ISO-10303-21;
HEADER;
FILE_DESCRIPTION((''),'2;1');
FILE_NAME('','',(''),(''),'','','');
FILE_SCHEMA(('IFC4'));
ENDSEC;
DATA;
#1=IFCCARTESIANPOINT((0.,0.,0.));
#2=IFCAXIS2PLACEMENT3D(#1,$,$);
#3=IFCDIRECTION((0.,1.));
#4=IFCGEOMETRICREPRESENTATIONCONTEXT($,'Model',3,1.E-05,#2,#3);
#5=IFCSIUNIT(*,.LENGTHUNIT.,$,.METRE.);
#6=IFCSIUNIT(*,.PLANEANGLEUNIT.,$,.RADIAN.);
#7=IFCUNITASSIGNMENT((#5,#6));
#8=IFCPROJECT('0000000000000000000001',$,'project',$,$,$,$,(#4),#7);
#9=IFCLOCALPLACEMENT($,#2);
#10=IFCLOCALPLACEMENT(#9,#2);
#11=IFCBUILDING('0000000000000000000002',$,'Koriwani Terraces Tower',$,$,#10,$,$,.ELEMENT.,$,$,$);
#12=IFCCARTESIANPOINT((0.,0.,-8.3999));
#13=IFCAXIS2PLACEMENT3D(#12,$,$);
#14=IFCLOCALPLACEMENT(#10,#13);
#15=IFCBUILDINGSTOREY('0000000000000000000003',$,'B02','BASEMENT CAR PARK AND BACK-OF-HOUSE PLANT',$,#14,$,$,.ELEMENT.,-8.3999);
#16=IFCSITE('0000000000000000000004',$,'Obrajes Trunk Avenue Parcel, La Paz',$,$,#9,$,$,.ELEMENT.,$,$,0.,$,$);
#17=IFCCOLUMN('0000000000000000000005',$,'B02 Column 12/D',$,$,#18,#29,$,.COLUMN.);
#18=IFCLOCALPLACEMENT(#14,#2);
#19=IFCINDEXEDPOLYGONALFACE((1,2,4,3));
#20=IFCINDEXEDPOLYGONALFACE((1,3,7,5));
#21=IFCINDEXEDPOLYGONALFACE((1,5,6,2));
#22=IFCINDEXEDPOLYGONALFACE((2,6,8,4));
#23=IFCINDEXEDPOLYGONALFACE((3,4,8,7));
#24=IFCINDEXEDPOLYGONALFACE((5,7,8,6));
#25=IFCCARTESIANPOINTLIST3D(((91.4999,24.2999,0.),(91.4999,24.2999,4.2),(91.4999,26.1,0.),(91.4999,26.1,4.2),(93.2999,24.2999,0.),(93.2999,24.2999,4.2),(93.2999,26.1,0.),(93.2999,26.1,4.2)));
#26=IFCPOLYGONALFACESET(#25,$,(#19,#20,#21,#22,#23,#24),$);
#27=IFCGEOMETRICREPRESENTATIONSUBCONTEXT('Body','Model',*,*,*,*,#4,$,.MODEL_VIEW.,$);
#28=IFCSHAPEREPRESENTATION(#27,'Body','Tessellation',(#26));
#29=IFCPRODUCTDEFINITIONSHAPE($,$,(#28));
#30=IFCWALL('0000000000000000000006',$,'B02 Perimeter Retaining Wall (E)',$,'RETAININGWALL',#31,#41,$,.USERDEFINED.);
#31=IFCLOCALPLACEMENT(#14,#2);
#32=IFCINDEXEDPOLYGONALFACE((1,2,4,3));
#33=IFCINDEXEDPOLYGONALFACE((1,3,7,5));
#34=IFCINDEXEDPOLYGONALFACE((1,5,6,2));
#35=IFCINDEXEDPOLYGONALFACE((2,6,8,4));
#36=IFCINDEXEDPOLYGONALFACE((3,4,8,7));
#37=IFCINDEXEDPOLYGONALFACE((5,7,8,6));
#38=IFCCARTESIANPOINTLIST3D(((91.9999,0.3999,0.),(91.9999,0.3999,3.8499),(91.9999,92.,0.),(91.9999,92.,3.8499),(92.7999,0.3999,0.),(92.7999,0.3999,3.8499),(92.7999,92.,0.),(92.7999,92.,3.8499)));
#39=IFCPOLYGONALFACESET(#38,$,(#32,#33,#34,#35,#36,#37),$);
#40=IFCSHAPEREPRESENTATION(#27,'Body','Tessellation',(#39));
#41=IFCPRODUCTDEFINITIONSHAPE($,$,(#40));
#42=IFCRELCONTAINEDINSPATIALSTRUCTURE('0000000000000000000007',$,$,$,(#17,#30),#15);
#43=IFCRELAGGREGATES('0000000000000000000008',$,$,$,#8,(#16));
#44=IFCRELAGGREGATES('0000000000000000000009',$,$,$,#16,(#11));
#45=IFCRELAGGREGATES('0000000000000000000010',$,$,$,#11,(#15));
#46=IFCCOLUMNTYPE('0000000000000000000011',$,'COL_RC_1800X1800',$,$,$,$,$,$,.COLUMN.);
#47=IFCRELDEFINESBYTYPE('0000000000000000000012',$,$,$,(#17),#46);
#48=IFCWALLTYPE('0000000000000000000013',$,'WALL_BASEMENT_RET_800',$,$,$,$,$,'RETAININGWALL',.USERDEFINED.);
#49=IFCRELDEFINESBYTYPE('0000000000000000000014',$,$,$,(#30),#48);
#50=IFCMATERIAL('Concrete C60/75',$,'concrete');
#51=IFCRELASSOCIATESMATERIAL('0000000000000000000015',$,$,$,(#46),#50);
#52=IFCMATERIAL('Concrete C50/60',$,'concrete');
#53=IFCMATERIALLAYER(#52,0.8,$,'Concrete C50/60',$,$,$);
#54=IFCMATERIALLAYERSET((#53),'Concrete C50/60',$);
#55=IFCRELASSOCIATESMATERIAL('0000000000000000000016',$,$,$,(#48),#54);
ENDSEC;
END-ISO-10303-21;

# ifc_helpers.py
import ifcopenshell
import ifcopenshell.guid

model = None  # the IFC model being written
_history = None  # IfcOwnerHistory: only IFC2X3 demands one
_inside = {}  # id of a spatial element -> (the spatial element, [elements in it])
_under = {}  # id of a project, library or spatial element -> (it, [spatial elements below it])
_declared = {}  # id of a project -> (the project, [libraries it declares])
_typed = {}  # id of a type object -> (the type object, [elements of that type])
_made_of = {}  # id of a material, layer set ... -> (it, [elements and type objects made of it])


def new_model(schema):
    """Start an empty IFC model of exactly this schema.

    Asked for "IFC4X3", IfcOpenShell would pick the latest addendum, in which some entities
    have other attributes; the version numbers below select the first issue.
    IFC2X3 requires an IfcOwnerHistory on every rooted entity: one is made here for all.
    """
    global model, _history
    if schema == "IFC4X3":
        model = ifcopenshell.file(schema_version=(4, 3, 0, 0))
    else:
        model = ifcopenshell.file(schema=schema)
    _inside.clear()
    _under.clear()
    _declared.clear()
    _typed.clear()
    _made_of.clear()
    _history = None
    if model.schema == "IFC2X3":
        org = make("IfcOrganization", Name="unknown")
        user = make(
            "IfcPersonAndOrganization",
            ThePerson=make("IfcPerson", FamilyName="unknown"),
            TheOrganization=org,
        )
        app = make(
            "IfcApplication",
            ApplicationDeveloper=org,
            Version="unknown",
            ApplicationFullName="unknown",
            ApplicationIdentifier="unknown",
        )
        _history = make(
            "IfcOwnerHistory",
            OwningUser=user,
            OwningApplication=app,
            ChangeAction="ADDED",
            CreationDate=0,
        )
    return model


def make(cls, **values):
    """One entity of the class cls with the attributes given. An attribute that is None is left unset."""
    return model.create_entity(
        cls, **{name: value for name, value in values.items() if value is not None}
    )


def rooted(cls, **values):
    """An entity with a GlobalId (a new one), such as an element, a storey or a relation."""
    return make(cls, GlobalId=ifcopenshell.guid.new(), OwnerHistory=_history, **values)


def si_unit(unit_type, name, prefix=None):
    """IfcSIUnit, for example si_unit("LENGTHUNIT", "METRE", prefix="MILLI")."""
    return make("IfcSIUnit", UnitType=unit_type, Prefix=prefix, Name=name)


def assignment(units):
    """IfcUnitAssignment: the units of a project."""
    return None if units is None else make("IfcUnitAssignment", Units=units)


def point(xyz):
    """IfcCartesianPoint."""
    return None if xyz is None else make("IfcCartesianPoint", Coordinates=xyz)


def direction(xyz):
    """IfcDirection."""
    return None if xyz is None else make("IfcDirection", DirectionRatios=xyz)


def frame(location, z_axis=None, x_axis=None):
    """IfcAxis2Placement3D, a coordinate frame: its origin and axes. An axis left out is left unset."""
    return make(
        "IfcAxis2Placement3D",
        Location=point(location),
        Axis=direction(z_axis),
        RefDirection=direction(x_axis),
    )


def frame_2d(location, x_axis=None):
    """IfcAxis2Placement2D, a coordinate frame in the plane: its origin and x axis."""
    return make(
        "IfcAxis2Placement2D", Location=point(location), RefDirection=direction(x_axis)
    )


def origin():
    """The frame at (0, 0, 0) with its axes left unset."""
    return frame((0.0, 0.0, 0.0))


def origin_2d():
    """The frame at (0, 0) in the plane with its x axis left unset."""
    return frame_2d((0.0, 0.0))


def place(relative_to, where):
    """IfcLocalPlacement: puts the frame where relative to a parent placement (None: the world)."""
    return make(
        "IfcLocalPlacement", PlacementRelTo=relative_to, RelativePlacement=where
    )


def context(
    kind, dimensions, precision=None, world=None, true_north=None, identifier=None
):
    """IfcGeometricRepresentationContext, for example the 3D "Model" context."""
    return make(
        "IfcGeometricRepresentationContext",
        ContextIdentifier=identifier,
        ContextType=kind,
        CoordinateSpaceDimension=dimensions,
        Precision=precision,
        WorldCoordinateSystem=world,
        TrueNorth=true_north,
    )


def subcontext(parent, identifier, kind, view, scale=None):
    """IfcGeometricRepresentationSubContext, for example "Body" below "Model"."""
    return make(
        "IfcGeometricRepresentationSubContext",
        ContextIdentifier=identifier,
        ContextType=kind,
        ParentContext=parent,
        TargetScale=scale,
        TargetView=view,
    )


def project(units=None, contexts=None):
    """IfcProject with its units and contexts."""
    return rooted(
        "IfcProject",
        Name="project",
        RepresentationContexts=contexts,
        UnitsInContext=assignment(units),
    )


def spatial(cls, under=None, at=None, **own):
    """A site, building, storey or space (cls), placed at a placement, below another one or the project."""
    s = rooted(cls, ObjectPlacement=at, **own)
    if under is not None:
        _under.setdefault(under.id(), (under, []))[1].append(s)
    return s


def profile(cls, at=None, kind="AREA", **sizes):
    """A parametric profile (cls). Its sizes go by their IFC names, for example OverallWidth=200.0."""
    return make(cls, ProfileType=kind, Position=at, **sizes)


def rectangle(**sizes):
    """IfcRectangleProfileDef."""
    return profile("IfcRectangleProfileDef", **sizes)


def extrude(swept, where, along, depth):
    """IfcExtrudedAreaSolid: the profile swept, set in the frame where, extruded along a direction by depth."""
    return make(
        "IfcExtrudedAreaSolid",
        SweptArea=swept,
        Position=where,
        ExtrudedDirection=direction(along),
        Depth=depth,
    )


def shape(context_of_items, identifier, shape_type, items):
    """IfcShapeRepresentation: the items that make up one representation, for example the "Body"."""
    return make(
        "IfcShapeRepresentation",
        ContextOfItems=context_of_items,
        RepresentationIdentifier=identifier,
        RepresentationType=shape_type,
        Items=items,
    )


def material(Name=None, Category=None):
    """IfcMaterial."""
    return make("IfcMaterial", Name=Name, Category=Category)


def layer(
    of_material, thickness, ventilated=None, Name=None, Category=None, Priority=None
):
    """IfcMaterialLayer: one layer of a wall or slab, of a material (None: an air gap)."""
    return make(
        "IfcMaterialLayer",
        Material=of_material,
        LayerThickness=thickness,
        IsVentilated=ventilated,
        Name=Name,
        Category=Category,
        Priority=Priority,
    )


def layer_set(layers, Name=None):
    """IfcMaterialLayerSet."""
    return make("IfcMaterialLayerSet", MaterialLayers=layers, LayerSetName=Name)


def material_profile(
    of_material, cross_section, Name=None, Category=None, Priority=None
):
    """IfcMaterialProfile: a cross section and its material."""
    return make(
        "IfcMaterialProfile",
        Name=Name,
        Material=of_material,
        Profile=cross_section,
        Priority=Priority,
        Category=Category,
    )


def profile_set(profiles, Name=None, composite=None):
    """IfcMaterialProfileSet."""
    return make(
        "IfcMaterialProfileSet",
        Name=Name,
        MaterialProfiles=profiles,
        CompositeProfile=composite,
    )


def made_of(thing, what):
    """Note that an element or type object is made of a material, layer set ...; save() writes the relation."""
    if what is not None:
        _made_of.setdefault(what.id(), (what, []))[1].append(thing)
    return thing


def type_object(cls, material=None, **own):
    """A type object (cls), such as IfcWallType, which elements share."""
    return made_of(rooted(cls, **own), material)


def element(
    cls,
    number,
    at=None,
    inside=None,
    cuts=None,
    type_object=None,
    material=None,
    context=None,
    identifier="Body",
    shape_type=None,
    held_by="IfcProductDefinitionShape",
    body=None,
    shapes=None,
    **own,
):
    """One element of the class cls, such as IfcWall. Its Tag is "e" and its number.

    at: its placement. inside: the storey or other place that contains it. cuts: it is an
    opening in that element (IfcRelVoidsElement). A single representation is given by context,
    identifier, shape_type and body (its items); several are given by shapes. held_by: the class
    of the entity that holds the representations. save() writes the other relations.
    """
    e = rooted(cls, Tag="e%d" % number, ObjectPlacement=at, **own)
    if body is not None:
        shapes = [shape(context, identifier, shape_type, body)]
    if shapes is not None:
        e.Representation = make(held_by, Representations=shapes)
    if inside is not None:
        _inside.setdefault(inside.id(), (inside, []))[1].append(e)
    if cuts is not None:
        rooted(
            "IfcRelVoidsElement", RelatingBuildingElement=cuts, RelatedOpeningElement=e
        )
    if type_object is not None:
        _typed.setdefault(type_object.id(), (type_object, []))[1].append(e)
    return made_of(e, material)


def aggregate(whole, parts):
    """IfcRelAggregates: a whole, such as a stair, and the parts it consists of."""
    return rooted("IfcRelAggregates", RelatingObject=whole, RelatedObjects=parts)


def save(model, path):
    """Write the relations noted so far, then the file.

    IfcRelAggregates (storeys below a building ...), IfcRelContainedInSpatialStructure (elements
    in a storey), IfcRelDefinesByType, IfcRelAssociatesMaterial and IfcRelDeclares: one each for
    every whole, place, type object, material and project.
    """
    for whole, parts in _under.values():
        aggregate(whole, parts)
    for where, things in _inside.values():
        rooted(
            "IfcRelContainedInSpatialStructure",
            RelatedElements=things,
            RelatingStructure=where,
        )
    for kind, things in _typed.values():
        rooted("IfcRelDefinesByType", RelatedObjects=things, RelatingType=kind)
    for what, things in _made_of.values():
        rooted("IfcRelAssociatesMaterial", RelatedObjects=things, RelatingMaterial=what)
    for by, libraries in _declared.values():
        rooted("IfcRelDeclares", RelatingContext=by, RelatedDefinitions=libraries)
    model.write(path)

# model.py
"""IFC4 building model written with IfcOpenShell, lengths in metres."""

from ifc_helpers import new_model, si_unit, direction, frame, frame_2d, origin, origin_2d, place, context, subcontext, project, spatial, rectangle, extrude, material, layer, layer_set, material_profile, profile_set, type_object, element, save


model = new_model("IFC4")

# Units and contexts
model_context = context("Model", 3, precision=1e-05, world=origin(), true_north=direction((0.0, 1.0)))
body_context = subcontext(model_context, "Body", "Model", "MODEL_VIEW")
ifc_project = project(units=[si_unit("LENGTHUNIT", "METRE"), si_unit("PLANEANGLEUNIT", "RADIAN")], contexts=[model_context])

# Site, building, storey
site_placement = place(None, origin())
site = spatial("IfcSite", under=ifc_project, at=site_placement, Name="Obrajes Trunk Avenue Parcel, La Paz", CompositionType="ELEMENT", RefElevation=0.0)
building_placement = place(site_placement, origin())
building = spatial("IfcBuilding", under=site, at=building_placement, Name="Koriwani Terraces Tower", CompositionType="ELEMENT")
storey_placement = place(building_placement, frame((0.0, 0.0, -8.3999)))
storey = spatial("IfcBuildingStorey", under=building, at=storey_placement, Name="B02", Description="BASEMENT CAR PARK AND BACK-OF-HOUSE PLANT", CompositionType="ELEMENT", Elevation=-8.3999)

# Column
ifc_material_1 = material(Name="Concrete C50/60", Category="concrete")
ifc_material_2 = material(Name="Concrete C60/75", Category="concrete")
ifc_material_profile_1 = material_profile(ifc_material_2, rectangle(XDim=1.8, YDim=1.8, at=origin_2d()), Name="Concrete C60/75", Category="LoadBearing")
ifc_profile_set_1 = profile_set([ifc_material_profile_1], Name="Concrete C60/75")
column_type_1 = type_object("IfcColumnType", Name="COL_RC_1800X1800", PredefinedType="COLUMN", material=ifc_profile_set_1)
for number, where, z_axis, x_axis, name in (
    (1, (92.3999, 25.2, 0.0), (0.0, 0.0, 1.0), (1.0, 0.0, 0.0), "B02 Column 12/D"),
):
    element("IfcColumn", number, at=place(storey_placement, frame(where, z_axis=z_axis, x_axis=x_axis)), inside=storey, type_object=column_type_1, Name=name, PredefinedType="COLUMN", context=body_context, shape_type="SweptSolid", body=[
        extrude(rectangle(XDim=1.8, YDim=1.8, at=origin_2d()), origin(), (0.0, 0.0, 1.0), 4.2),
    ])

# Wall
ifc_layer = layer(ifc_material_1, 0.8, Name="Concrete C50/60")
ifc_layer_set = layer_set([ifc_layer], Name="Concrete C50/60")
wall_type = type_object("IfcWallType", Name="WALL_BASEMENT_RET_800", ElementType="RETAININGWALL", PredefinedType="USERDEFINED", material=ifc_layer_set)
wall_placement = place(storey_placement, frame((92.3999, 0.3999, 0.0), z_axis=(0.0, 0.0, 1.0), x_axis=(0.0, 1.0, 0.0)))
element("IfcWall", 2, at=wall_placement, inside=storey, type_object=wall_type, Name="B02 Perimeter Retaining Wall (E)", ObjectType="RETAININGWALL", PredefinedType="USERDEFINED", context=body_context, shape_type="SweptSolid", body=[
    extrude(rectangle(XDim=91.6001, YDim=0.8, at=frame_2d((45.8, 0.0))), origin(), (0.0, 0.0, 1.0), 3.8499),
])

save(model, "model.ifc")
